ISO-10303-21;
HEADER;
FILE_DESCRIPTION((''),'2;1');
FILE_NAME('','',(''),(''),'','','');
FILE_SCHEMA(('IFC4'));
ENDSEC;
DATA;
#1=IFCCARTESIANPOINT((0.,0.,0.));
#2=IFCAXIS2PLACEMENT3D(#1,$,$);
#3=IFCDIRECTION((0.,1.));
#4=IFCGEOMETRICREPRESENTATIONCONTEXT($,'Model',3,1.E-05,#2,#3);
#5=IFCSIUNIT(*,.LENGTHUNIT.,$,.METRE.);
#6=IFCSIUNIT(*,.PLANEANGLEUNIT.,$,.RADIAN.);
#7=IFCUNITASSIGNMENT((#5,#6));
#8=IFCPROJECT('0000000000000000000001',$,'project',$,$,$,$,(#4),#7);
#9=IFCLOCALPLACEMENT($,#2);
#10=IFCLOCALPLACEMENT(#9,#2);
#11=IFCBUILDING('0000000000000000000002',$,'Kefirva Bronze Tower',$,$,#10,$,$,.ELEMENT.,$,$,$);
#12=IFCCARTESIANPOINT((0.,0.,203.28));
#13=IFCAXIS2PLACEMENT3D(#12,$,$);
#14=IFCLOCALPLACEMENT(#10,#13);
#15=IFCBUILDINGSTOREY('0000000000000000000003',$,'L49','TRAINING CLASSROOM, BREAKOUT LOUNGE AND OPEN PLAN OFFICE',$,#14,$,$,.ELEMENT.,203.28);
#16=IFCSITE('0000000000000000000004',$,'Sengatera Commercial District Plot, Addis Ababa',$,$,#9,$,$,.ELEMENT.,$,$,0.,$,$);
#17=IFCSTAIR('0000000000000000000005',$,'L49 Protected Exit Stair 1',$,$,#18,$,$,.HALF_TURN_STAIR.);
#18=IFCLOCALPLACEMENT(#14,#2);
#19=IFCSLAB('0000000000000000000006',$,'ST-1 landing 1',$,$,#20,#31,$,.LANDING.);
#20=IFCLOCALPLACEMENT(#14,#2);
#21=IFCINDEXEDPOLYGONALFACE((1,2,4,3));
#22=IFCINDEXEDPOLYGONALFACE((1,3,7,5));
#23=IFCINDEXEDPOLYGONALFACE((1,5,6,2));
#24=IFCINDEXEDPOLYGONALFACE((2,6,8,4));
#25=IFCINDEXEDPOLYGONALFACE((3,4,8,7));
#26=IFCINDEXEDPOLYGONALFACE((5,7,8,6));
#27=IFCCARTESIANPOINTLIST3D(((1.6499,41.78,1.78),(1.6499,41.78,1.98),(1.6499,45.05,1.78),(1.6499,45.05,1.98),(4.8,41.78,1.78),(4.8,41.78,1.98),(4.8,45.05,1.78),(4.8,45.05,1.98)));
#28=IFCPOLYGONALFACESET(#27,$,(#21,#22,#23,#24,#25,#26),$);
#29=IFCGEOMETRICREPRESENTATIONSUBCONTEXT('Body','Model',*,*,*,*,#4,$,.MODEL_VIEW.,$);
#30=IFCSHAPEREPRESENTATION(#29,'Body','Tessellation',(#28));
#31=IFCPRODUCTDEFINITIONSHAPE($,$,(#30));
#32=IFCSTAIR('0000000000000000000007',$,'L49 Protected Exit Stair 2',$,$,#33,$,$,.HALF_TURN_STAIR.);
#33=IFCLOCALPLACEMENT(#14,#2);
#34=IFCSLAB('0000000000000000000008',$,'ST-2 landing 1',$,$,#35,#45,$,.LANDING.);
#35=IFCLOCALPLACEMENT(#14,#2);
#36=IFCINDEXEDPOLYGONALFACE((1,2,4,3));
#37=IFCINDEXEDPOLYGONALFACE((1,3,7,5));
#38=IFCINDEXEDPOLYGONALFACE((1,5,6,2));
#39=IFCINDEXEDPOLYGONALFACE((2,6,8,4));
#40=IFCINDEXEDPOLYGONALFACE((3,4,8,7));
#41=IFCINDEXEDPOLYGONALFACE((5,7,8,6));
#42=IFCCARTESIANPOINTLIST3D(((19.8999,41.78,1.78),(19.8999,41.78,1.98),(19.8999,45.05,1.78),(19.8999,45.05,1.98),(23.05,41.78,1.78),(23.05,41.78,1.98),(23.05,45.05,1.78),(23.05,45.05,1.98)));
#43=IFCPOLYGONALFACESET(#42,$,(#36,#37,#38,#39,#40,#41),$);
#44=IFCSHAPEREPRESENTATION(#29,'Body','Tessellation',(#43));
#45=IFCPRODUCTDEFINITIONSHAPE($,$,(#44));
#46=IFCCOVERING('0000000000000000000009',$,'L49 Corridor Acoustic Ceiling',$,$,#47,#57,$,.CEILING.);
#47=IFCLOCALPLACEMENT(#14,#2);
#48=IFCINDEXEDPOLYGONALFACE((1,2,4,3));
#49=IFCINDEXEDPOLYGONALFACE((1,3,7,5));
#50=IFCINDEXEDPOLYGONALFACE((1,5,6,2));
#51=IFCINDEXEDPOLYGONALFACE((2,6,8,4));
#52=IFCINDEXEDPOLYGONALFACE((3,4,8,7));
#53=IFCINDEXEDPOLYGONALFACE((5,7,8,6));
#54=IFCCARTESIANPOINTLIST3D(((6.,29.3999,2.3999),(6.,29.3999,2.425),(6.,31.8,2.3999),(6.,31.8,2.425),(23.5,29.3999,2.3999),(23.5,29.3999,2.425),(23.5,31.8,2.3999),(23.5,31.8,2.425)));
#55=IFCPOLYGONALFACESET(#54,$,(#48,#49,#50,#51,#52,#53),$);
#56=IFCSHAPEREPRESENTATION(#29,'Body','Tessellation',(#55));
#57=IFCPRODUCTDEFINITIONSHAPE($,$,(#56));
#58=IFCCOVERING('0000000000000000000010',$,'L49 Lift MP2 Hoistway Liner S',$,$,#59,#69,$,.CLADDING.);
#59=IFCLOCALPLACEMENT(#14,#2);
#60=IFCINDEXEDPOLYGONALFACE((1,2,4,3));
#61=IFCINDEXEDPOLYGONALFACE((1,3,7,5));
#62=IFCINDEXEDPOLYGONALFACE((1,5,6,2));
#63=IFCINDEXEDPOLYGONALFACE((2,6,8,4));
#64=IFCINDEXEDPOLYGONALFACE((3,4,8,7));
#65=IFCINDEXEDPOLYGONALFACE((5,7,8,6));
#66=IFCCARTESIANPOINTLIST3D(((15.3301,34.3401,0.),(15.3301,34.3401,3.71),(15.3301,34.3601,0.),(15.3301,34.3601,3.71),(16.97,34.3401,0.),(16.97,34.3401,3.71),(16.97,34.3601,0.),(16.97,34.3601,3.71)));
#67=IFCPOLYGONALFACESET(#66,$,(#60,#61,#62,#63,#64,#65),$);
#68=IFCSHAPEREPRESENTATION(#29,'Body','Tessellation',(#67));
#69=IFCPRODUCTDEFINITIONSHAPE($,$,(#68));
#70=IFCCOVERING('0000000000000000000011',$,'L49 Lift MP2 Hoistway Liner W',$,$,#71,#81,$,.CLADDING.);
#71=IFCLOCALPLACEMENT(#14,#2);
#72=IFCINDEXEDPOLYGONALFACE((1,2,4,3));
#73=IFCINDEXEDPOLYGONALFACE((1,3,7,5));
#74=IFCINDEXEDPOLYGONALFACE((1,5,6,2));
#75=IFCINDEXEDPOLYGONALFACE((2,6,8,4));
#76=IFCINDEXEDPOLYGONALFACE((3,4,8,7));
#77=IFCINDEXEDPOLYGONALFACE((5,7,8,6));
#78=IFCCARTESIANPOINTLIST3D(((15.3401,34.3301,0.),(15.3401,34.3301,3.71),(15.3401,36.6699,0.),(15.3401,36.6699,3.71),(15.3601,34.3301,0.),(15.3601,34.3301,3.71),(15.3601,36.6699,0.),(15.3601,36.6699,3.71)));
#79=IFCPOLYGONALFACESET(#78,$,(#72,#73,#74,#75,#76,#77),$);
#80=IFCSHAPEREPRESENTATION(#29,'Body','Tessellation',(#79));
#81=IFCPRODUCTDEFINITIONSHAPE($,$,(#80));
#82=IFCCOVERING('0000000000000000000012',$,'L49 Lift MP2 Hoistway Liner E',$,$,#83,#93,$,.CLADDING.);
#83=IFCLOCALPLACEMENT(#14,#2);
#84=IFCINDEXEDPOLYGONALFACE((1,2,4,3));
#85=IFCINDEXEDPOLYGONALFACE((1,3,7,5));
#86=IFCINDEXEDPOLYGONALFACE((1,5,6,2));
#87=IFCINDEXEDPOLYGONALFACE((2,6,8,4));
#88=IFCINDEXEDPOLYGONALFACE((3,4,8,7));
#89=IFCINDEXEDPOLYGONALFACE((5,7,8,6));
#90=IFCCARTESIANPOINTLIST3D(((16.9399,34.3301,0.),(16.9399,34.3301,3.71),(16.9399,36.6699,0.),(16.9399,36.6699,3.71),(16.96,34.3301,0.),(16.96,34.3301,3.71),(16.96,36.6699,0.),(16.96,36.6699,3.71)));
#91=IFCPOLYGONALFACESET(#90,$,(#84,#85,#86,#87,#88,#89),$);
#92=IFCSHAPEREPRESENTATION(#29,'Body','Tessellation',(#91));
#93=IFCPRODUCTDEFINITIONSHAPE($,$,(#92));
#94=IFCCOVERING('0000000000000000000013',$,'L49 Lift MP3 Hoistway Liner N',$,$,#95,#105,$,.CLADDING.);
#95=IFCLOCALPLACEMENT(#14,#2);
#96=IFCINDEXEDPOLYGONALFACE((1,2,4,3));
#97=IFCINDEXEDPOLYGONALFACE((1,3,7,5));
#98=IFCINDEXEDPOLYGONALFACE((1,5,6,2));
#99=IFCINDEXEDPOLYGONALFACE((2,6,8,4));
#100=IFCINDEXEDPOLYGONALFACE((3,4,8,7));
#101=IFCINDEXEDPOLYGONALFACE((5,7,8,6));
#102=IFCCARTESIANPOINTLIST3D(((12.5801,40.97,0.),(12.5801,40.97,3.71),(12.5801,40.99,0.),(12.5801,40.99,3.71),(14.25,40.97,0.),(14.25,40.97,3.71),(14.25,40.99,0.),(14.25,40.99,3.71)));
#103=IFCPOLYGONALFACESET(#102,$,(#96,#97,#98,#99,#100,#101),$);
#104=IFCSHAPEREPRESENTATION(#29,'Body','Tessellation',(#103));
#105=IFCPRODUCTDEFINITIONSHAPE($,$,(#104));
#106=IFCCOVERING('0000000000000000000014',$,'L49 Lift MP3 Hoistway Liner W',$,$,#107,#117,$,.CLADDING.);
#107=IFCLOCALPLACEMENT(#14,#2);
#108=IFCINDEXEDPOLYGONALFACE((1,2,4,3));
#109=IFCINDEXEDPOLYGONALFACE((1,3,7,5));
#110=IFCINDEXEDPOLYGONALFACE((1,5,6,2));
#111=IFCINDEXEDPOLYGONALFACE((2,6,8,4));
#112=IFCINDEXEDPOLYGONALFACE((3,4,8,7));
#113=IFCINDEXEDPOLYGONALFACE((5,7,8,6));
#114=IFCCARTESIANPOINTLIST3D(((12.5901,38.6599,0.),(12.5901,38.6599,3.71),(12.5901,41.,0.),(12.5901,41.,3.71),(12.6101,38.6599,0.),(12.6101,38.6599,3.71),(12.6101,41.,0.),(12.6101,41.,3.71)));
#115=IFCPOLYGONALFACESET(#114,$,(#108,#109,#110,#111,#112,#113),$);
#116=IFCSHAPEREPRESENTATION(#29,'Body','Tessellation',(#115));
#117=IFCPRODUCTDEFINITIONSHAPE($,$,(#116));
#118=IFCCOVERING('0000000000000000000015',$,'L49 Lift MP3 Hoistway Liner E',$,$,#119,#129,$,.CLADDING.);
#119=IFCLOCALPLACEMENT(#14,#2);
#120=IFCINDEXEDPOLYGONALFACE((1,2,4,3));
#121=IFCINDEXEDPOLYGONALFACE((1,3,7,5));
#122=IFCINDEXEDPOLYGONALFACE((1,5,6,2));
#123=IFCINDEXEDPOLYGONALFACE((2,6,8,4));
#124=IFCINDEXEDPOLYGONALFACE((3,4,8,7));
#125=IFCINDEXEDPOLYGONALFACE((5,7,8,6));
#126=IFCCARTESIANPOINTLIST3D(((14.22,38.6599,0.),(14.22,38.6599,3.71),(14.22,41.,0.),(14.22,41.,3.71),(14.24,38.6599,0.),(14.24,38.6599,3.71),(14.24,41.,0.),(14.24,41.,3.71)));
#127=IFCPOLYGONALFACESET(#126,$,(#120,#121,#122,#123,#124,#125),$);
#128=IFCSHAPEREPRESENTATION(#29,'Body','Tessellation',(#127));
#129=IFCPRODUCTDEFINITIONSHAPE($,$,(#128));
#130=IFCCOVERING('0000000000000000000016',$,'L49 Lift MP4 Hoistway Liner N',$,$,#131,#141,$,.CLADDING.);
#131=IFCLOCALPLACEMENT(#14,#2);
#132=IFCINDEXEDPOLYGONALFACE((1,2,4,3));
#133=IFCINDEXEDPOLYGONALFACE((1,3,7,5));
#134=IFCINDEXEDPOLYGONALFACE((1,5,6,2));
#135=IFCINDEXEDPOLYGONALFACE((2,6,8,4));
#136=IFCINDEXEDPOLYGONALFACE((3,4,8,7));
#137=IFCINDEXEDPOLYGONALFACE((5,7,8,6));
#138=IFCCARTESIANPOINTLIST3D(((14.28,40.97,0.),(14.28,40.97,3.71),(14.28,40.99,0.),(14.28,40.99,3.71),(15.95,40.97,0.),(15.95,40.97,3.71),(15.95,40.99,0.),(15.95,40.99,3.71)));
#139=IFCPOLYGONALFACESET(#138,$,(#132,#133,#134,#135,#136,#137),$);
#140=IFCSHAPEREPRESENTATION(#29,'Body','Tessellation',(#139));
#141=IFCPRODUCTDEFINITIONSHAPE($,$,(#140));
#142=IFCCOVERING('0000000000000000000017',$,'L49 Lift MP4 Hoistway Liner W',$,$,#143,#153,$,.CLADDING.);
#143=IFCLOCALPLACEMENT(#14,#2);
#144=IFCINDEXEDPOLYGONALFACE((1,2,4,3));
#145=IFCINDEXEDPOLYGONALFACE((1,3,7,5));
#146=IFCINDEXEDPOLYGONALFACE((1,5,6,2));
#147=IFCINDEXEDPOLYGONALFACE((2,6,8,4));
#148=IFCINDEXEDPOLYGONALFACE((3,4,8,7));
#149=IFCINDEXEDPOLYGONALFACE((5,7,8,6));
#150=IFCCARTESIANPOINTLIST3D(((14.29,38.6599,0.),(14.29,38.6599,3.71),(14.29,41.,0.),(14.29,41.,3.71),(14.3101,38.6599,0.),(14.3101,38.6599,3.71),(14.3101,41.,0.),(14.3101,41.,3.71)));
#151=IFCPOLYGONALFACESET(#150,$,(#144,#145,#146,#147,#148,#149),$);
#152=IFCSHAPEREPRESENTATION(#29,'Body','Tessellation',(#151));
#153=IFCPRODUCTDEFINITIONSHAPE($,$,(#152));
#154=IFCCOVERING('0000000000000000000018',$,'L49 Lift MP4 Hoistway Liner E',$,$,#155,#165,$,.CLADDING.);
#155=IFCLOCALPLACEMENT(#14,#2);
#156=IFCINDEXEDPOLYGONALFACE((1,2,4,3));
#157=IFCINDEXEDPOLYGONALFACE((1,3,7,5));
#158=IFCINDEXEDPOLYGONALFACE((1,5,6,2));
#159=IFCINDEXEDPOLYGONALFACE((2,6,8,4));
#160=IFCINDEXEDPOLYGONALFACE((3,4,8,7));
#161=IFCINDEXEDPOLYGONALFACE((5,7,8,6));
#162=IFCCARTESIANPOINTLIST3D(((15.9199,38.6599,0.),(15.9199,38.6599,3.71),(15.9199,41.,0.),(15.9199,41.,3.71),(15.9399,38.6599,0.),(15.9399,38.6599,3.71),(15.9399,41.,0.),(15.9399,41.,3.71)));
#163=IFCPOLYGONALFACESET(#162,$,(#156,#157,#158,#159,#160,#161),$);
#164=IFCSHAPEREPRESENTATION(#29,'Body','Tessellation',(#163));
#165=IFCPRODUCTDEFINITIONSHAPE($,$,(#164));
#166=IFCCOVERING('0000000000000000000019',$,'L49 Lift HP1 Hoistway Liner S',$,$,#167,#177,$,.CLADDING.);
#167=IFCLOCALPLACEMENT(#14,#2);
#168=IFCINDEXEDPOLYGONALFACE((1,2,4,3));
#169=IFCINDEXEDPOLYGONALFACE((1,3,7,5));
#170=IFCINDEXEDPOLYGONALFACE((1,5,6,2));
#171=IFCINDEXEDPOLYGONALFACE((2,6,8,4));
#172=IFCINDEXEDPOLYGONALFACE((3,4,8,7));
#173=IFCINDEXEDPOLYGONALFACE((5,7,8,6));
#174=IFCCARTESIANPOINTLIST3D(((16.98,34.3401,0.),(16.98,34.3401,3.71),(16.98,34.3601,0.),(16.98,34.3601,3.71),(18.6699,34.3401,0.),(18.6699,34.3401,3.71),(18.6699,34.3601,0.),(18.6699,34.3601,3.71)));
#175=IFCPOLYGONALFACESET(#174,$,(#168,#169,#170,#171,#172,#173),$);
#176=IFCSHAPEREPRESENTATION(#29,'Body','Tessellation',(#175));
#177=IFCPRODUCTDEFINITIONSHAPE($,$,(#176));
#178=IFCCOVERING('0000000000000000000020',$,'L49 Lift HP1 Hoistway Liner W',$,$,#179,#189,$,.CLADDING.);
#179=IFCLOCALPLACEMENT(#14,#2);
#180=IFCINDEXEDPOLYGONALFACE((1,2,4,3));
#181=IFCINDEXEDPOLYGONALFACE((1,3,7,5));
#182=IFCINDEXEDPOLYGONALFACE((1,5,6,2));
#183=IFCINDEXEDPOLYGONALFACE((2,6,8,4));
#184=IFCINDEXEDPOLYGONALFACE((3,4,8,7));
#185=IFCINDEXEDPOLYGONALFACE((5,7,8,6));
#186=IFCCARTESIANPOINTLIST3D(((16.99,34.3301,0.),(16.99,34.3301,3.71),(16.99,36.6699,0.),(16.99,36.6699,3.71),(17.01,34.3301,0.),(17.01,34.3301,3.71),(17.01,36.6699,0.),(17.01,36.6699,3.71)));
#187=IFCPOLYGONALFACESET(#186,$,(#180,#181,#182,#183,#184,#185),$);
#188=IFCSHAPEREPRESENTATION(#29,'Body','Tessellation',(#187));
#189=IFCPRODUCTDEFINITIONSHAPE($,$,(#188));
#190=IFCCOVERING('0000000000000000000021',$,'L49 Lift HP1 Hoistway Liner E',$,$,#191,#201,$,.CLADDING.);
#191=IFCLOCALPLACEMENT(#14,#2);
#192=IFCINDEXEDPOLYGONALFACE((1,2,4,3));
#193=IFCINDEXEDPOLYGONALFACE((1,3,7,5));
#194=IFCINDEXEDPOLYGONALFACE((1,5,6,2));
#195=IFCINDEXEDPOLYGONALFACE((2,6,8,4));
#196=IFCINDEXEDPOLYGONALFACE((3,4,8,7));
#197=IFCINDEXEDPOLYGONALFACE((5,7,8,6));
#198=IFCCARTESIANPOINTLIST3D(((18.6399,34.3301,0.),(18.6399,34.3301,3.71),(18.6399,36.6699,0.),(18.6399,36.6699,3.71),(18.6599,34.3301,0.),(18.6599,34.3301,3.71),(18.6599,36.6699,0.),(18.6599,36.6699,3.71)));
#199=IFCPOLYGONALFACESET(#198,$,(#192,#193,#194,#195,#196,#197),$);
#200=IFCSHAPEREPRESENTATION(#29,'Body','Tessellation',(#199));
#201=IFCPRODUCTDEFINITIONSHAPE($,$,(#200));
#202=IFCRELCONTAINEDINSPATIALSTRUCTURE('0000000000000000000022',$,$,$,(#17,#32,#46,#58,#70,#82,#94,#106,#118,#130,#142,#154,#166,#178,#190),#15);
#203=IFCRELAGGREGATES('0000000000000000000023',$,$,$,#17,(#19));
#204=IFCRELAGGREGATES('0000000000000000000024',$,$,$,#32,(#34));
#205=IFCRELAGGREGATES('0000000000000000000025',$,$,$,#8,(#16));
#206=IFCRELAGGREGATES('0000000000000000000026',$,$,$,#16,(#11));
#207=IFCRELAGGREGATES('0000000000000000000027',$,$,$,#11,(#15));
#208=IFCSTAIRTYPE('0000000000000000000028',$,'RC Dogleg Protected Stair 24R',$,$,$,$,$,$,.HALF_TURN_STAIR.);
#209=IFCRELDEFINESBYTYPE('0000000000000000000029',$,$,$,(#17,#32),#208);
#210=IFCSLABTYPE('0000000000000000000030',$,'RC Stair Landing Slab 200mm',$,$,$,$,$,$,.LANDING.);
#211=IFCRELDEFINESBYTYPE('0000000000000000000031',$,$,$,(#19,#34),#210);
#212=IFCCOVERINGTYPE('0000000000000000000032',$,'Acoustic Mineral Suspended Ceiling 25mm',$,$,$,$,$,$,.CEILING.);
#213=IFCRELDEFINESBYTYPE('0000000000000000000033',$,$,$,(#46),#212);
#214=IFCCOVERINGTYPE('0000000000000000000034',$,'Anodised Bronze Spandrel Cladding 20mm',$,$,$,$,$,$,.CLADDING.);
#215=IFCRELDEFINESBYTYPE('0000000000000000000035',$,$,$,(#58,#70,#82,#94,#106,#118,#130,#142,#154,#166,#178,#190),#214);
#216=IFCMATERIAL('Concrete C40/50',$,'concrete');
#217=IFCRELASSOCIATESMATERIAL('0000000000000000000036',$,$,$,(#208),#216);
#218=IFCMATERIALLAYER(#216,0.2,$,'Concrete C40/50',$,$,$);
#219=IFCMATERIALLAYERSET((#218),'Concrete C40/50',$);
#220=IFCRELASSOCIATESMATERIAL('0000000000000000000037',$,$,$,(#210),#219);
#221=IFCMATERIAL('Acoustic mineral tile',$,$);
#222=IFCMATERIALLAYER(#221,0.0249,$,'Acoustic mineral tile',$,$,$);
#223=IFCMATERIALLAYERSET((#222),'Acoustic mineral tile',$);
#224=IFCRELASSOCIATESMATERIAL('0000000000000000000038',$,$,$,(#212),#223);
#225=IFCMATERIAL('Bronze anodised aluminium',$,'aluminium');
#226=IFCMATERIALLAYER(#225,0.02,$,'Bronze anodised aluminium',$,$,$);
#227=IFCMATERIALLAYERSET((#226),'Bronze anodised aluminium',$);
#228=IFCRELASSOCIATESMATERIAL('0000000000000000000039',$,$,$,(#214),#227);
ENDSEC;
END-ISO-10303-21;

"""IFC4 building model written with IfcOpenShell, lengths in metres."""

from ifc_helpers import new_model, si_unit, direction, frame, origin, place, context, subcontext, project, spatial, polyline, outline, extrude, material, layer, layer_set, type_object, element, aggregate, save


model = new_model("IFC4")

# Units and contexts
model_context = context("Model", 3, precision=1e-05, world=origin(), true_north=direction((0.0, 1.0)))
body_context = subcontext(model_context, "Body", "Model", "MODEL_VIEW")
ifc_project = project(units=[si_unit("LENGTHUNIT", "METRE"), si_unit("PLANEANGLEUNIT", "RADIAN")], contexts=[model_context])

# Site, building, storey
site_placement = place(None, origin())
site = spatial("IfcSite", under=ifc_project, at=site_placement, Name="Sengatera Commercial District Plot, Addis Ababa", CompositionType="ELEMENT", RefElevation=0.0)
building_placement = place(site_placement, origin())
building = spatial("IfcBuilding", under=site, at=building_placement, Name="Kefirva Bronze Tower", CompositionType="ELEMENT")
storey_placement = place(building_placement, frame((0.0, 0.0, 203.28)))
storey = spatial("IfcBuildingStorey", under=building, at=storey_placement, Name="L49", Description="TRAINING CLASSROOM, BREAKOUT LOUNGE AND OPEN PLAN OFFICE", CompositionType="ELEMENT", Elevation=203.28)

# Stairs, slabs
ifc_material_1 = material(Name="Concrete C40/50", Category="concrete")
stair_type = type_object("IfcStairType", Name="RC Dogleg Protected Stair 24R", PredefinedType="HALF_TURN_STAIR", material=ifc_material_1)
stair_1_placement = place(storey_placement, origin())
stair_1 = element("IfcStair", 1, at=stair_1_placement, inside=storey, type_object=stair_type, Name="L49 Protected Exit Stair 1", PredefinedType="HALF_TURN_STAIR")
ifc_layer_1 = layer(ifc_material_1, 0.2, Name="Concrete C40/50")
ifc_layer_set_1 = layer_set([ifc_layer_1], Name="Concrete C40/50")
slab_type = type_object("IfcSlabType", Name="RC Stair Landing Slab 200mm", PredefinedType="LANDING", material=ifc_layer_set_1)
slab_1_placement = place(storey_placement, frame((0.0, 0.0, 1.78)))
slab_1 = element("IfcSlab", 2, at=slab_1_placement, type_object=slab_type, Name="ST-1 landing 1", PredefinedType="LANDING", context=body_context, shape_type="SweptSolid", body=[
    extrude(outline(polyline([(4.8, 41.78), (4.8, 45.05), (1.6499, 45.05), (1.6499, 41.78), (4.8, 41.78)])), origin(), (0.0, 0.0, 1.0), 0.2),
])
aggregate(stair_1, [slab_1])
stair_2_placement = place(storey_placement, origin())
stair_2 = element("IfcStair", 3, at=stair_2_placement, inside=storey, type_object=stair_type, Name="L49 Protected Exit Stair 2", PredefinedType="HALF_TURN_STAIR")
slab_2_placement = place(storey_placement, frame((0.0, 0.0, 1.78)))
slab_2 = element("IfcSlab", 4, at=slab_2_placement, type_object=slab_type, Name="ST-2 landing 1", PredefinedType="LANDING", context=body_context, shape_type="SweptSolid", body=[
    extrude(outline(polyline([(23.05, 41.78), (23.05, 45.05), (19.8999, 45.05), (19.8999, 41.78), (23.05, 41.78)])), origin(), (0.0, 0.0, 1.0), 0.2),
])
aggregate(stair_2, [slab_2])

# Coverings
ifc_material_2 = material(Name="Acoustic mineral tile")
ifc_layer_2 = layer(ifc_material_2, 0.0249, Name="Acoustic mineral tile")
ifc_layer_set_2 = layer_set([ifc_layer_2], Name="Acoustic mineral tile")
covering_type_1 = type_object("IfcCoveringType", Name="Acoustic Mineral Suspended Ceiling 25mm", PredefinedType="CEILING", material=ifc_layer_set_2)
covering_1_placement = place(storey_placement, frame((0.0, 0.0, 2.3999)))
element("IfcCovering", 5, at=covering_1_placement, inside=storey, type_object=covering_type_1, Name="L49 Corridor Acoustic Ceiling", PredefinedType="CEILING", context=body_context, shape_type="SweptSolid", body=[
    extrude(outline(polyline([(6.0, 29.3999), (23.5, 29.3999), (23.5, 31.8), (6.0, 31.8), (6.0, 29.3999)])), origin(), (0.0, 0.0, 1.0), 0.0251),
])
ifc_material_3 = material(Name="Bronze anodised aluminium", Category="aluminium")
ifc_layer_3 = layer(ifc_material_3, 0.02, Name="Bronze anodised aluminium")
ifc_layer_set_3 = layer_set([ifc_layer_3], Name="Bronze anodised aluminium")
covering_type_2 = type_object("IfcCoveringType", Name="Anodised Bronze Spandrel Cladding 20mm", PredefinedType="CLADDING", material=ifc_layer_set_3)
covering_2_placement = place(storey_placement, origin())
element("IfcCovering", 6, at=covering_2_placement, inside=storey, type_object=covering_type_2, Name="L49 Lift MP2 Hoistway Liner S", PredefinedType="CLADDING", context=body_context, shape_type="SweptSolid", body=[
    extrude(outline(polyline([(15.3301, 34.3401), (16.97, 34.3401), (16.97, 34.3601), (15.3301, 34.3601), (15.3301, 34.3401)])), origin(), (0.0, 0.0, 1.0), 3.71),
])
covering_3_placement = place(storey_placement, origin())
element("IfcCovering", 7, at=covering_3_placement, inside=storey, type_object=covering_type_2, Name="L49 Lift MP2 Hoistway Liner W", PredefinedType="CLADDING", context=body_context, shape_type="SweptSolid", body=[
    extrude(outline(polyline([(15.3401, 34.3301), (15.3601, 34.3301), (15.3601, 36.6699), (15.3401, 36.6699), (15.3401, 34.3301)])), origin(), (0.0, 0.0, 1.0), 3.71),
])
covering_4_placement = place(storey_placement, origin())
element("IfcCovering", 8, at=covering_4_placement, inside=storey, type_object=covering_type_2, Name="L49 Lift MP2 Hoistway Liner E", PredefinedType="CLADDING", context=body_context, shape_type="SweptSolid", body=[
    extrude(outline(polyline([(16.9399, 34.3301), (16.96, 34.3301), (16.96, 36.6699), (16.9399, 36.6699), (16.9399, 34.3301)])), origin(), (0.0, 0.0, 1.0), 3.71),
])
covering_5_placement = place(storey_placement, origin())
element("IfcCovering", 9, at=covering_5_placement, inside=storey, type_object=covering_type_2, Name="L49 Lift MP3 Hoistway Liner N", PredefinedType="CLADDING", context=body_context, shape_type="SweptSolid", body=[
    extrude(outline(polyline([(12.5801, 40.97), (14.25, 40.97), (14.25, 40.99), (12.5801, 40.99), (12.5801, 40.97)])), origin(), (0.0, 0.0, 1.0), 3.71),
])
covering_6_placement = place(storey_placement, origin())
element("IfcCovering", 10, at=covering_6_placement, inside=storey, type_object=covering_type_2, Name="L49 Lift MP3 Hoistway Liner W", PredefinedType="CLADDING", context=body_context, shape_type="SweptSolid", body=[
    extrude(outline(polyline([(12.5901, 38.6599), (12.6101, 38.6599), (12.6101, 41.0), (12.5901, 41.0), (12.5901, 38.6599)])), origin(), (0.0, 0.0, 1.0), 3.71),
])
covering_7_placement = place(storey_placement, origin())
element("IfcCovering", 11, at=covering_7_placement, inside=storey, type_object=covering_type_2, Name="L49 Lift MP3 Hoistway Liner E", PredefinedType="CLADDING", context=body_context, shape_type="SweptSolid", body=[
    extrude(outline(polyline([(14.22, 38.6599), (14.24, 38.6599), (14.24, 41.0), (14.22, 41.0), (14.22, 38.6599)])), origin(), (0.0, 0.0, 1.0), 3.71),
])
covering_8_placement = place(storey_placement, origin())
element("IfcCovering", 12, at=covering_8_placement, inside=storey, type_object=covering_type_2, Name="L49 Lift MP4 Hoistway Liner N", PredefinedType="CLADDING", context=body_context, shape_type="SweptSolid", body=[
    extrude(outline(polyline([(14.28, 40.97), (15.95, 40.97), (15.95, 40.99), (14.28, 40.99), (14.28, 40.97)])), origin(), (0.0, 0.0, 1.0), 3.71),
])
covering_9_placement = place(storey_placement, origin())
element("IfcCovering", 13, at=covering_9_placement, inside=storey, type_object=covering_type_2, Name="L49 Lift MP4 Hoistway Liner W", PredefinedType="CLADDING", context=body_context, shape_type="SweptSolid", body=[
    extrude(outline(polyline([(14.29, 38.6599), (14.3101, 38.6599), (14.3101, 41.0), (14.29, 41.0), (14.29, 38.6599)])), origin(), (0.0, 0.0, 1.0), 3.71),
])
covering_10_placement = place(storey_placement, origin())
element("IfcCovering", 14, at=covering_10_placement, inside=storey, type_object=covering_type_2, Name="L49 Lift MP4 Hoistway Liner E", PredefinedType="CLADDING", context=body_context, shape_type="SweptSolid", body=[
    extrude(outline(polyline([(15.9199, 38.6599), (15.9399, 38.6599), (15.9399, 41.0), (15.9199, 41.0), (15.9199, 38.6599)])), origin(), (0.0, 0.0, 1.0), 3.71),
])
covering_11_placement = place(storey_placement, origin())
element("IfcCovering", 15, at=covering_11_placement, inside=storey, type_object=covering_type_2, Name="L49 Lift HP1 Hoistway Liner S", PredefinedType="CLADDING", context=body_context, shape_type="SweptSolid", body=[
    extrude(outline(polyline([(16.98, 34.3401), (18.6699, 34.3401), (18.6699, 34.3601), (16.98, 34.3601), (16.98, 34.3401)])), origin(), (0.0, 0.0, 1.0), 3.71),
])
covering_12_placement = place(storey_placement, origin())
element("IfcCovering", 16, at=covering_12_placement, inside=storey, type_object=covering_type_2, Name="L49 Lift HP1 Hoistway Liner W", PredefinedType="CLADDING", context=body_context, shape_type="SweptSolid", body=[
    extrude(outline(polyline([(16.99, 34.3301), (17.01, 34.3301), (17.01, 36.6699), (16.99, 36.6699), (16.99, 34.3301)])), origin(), (0.0, 0.0, 1.0), 3.71),
])
covering_13_placement = place(storey_placement, origin())
element("IfcCovering", 17, at=covering_13_placement, inside=storey, type_object=covering_type_2, Name="L49 Lift HP1 Hoistway Liner E", PredefinedType="CLADDING", context=body_context, shape_type="SweptSolid", body=[
    extrude(outline(polyline([(18.6399, 34.3301), (18.6599, 34.3301), (18.6599, 36.6699), (18.6399, 36.6699), (18.6399, 34.3301)])), origin(), (0.0, 0.0, 1.0), 3.71),
])

save(model, "model.ifc")
